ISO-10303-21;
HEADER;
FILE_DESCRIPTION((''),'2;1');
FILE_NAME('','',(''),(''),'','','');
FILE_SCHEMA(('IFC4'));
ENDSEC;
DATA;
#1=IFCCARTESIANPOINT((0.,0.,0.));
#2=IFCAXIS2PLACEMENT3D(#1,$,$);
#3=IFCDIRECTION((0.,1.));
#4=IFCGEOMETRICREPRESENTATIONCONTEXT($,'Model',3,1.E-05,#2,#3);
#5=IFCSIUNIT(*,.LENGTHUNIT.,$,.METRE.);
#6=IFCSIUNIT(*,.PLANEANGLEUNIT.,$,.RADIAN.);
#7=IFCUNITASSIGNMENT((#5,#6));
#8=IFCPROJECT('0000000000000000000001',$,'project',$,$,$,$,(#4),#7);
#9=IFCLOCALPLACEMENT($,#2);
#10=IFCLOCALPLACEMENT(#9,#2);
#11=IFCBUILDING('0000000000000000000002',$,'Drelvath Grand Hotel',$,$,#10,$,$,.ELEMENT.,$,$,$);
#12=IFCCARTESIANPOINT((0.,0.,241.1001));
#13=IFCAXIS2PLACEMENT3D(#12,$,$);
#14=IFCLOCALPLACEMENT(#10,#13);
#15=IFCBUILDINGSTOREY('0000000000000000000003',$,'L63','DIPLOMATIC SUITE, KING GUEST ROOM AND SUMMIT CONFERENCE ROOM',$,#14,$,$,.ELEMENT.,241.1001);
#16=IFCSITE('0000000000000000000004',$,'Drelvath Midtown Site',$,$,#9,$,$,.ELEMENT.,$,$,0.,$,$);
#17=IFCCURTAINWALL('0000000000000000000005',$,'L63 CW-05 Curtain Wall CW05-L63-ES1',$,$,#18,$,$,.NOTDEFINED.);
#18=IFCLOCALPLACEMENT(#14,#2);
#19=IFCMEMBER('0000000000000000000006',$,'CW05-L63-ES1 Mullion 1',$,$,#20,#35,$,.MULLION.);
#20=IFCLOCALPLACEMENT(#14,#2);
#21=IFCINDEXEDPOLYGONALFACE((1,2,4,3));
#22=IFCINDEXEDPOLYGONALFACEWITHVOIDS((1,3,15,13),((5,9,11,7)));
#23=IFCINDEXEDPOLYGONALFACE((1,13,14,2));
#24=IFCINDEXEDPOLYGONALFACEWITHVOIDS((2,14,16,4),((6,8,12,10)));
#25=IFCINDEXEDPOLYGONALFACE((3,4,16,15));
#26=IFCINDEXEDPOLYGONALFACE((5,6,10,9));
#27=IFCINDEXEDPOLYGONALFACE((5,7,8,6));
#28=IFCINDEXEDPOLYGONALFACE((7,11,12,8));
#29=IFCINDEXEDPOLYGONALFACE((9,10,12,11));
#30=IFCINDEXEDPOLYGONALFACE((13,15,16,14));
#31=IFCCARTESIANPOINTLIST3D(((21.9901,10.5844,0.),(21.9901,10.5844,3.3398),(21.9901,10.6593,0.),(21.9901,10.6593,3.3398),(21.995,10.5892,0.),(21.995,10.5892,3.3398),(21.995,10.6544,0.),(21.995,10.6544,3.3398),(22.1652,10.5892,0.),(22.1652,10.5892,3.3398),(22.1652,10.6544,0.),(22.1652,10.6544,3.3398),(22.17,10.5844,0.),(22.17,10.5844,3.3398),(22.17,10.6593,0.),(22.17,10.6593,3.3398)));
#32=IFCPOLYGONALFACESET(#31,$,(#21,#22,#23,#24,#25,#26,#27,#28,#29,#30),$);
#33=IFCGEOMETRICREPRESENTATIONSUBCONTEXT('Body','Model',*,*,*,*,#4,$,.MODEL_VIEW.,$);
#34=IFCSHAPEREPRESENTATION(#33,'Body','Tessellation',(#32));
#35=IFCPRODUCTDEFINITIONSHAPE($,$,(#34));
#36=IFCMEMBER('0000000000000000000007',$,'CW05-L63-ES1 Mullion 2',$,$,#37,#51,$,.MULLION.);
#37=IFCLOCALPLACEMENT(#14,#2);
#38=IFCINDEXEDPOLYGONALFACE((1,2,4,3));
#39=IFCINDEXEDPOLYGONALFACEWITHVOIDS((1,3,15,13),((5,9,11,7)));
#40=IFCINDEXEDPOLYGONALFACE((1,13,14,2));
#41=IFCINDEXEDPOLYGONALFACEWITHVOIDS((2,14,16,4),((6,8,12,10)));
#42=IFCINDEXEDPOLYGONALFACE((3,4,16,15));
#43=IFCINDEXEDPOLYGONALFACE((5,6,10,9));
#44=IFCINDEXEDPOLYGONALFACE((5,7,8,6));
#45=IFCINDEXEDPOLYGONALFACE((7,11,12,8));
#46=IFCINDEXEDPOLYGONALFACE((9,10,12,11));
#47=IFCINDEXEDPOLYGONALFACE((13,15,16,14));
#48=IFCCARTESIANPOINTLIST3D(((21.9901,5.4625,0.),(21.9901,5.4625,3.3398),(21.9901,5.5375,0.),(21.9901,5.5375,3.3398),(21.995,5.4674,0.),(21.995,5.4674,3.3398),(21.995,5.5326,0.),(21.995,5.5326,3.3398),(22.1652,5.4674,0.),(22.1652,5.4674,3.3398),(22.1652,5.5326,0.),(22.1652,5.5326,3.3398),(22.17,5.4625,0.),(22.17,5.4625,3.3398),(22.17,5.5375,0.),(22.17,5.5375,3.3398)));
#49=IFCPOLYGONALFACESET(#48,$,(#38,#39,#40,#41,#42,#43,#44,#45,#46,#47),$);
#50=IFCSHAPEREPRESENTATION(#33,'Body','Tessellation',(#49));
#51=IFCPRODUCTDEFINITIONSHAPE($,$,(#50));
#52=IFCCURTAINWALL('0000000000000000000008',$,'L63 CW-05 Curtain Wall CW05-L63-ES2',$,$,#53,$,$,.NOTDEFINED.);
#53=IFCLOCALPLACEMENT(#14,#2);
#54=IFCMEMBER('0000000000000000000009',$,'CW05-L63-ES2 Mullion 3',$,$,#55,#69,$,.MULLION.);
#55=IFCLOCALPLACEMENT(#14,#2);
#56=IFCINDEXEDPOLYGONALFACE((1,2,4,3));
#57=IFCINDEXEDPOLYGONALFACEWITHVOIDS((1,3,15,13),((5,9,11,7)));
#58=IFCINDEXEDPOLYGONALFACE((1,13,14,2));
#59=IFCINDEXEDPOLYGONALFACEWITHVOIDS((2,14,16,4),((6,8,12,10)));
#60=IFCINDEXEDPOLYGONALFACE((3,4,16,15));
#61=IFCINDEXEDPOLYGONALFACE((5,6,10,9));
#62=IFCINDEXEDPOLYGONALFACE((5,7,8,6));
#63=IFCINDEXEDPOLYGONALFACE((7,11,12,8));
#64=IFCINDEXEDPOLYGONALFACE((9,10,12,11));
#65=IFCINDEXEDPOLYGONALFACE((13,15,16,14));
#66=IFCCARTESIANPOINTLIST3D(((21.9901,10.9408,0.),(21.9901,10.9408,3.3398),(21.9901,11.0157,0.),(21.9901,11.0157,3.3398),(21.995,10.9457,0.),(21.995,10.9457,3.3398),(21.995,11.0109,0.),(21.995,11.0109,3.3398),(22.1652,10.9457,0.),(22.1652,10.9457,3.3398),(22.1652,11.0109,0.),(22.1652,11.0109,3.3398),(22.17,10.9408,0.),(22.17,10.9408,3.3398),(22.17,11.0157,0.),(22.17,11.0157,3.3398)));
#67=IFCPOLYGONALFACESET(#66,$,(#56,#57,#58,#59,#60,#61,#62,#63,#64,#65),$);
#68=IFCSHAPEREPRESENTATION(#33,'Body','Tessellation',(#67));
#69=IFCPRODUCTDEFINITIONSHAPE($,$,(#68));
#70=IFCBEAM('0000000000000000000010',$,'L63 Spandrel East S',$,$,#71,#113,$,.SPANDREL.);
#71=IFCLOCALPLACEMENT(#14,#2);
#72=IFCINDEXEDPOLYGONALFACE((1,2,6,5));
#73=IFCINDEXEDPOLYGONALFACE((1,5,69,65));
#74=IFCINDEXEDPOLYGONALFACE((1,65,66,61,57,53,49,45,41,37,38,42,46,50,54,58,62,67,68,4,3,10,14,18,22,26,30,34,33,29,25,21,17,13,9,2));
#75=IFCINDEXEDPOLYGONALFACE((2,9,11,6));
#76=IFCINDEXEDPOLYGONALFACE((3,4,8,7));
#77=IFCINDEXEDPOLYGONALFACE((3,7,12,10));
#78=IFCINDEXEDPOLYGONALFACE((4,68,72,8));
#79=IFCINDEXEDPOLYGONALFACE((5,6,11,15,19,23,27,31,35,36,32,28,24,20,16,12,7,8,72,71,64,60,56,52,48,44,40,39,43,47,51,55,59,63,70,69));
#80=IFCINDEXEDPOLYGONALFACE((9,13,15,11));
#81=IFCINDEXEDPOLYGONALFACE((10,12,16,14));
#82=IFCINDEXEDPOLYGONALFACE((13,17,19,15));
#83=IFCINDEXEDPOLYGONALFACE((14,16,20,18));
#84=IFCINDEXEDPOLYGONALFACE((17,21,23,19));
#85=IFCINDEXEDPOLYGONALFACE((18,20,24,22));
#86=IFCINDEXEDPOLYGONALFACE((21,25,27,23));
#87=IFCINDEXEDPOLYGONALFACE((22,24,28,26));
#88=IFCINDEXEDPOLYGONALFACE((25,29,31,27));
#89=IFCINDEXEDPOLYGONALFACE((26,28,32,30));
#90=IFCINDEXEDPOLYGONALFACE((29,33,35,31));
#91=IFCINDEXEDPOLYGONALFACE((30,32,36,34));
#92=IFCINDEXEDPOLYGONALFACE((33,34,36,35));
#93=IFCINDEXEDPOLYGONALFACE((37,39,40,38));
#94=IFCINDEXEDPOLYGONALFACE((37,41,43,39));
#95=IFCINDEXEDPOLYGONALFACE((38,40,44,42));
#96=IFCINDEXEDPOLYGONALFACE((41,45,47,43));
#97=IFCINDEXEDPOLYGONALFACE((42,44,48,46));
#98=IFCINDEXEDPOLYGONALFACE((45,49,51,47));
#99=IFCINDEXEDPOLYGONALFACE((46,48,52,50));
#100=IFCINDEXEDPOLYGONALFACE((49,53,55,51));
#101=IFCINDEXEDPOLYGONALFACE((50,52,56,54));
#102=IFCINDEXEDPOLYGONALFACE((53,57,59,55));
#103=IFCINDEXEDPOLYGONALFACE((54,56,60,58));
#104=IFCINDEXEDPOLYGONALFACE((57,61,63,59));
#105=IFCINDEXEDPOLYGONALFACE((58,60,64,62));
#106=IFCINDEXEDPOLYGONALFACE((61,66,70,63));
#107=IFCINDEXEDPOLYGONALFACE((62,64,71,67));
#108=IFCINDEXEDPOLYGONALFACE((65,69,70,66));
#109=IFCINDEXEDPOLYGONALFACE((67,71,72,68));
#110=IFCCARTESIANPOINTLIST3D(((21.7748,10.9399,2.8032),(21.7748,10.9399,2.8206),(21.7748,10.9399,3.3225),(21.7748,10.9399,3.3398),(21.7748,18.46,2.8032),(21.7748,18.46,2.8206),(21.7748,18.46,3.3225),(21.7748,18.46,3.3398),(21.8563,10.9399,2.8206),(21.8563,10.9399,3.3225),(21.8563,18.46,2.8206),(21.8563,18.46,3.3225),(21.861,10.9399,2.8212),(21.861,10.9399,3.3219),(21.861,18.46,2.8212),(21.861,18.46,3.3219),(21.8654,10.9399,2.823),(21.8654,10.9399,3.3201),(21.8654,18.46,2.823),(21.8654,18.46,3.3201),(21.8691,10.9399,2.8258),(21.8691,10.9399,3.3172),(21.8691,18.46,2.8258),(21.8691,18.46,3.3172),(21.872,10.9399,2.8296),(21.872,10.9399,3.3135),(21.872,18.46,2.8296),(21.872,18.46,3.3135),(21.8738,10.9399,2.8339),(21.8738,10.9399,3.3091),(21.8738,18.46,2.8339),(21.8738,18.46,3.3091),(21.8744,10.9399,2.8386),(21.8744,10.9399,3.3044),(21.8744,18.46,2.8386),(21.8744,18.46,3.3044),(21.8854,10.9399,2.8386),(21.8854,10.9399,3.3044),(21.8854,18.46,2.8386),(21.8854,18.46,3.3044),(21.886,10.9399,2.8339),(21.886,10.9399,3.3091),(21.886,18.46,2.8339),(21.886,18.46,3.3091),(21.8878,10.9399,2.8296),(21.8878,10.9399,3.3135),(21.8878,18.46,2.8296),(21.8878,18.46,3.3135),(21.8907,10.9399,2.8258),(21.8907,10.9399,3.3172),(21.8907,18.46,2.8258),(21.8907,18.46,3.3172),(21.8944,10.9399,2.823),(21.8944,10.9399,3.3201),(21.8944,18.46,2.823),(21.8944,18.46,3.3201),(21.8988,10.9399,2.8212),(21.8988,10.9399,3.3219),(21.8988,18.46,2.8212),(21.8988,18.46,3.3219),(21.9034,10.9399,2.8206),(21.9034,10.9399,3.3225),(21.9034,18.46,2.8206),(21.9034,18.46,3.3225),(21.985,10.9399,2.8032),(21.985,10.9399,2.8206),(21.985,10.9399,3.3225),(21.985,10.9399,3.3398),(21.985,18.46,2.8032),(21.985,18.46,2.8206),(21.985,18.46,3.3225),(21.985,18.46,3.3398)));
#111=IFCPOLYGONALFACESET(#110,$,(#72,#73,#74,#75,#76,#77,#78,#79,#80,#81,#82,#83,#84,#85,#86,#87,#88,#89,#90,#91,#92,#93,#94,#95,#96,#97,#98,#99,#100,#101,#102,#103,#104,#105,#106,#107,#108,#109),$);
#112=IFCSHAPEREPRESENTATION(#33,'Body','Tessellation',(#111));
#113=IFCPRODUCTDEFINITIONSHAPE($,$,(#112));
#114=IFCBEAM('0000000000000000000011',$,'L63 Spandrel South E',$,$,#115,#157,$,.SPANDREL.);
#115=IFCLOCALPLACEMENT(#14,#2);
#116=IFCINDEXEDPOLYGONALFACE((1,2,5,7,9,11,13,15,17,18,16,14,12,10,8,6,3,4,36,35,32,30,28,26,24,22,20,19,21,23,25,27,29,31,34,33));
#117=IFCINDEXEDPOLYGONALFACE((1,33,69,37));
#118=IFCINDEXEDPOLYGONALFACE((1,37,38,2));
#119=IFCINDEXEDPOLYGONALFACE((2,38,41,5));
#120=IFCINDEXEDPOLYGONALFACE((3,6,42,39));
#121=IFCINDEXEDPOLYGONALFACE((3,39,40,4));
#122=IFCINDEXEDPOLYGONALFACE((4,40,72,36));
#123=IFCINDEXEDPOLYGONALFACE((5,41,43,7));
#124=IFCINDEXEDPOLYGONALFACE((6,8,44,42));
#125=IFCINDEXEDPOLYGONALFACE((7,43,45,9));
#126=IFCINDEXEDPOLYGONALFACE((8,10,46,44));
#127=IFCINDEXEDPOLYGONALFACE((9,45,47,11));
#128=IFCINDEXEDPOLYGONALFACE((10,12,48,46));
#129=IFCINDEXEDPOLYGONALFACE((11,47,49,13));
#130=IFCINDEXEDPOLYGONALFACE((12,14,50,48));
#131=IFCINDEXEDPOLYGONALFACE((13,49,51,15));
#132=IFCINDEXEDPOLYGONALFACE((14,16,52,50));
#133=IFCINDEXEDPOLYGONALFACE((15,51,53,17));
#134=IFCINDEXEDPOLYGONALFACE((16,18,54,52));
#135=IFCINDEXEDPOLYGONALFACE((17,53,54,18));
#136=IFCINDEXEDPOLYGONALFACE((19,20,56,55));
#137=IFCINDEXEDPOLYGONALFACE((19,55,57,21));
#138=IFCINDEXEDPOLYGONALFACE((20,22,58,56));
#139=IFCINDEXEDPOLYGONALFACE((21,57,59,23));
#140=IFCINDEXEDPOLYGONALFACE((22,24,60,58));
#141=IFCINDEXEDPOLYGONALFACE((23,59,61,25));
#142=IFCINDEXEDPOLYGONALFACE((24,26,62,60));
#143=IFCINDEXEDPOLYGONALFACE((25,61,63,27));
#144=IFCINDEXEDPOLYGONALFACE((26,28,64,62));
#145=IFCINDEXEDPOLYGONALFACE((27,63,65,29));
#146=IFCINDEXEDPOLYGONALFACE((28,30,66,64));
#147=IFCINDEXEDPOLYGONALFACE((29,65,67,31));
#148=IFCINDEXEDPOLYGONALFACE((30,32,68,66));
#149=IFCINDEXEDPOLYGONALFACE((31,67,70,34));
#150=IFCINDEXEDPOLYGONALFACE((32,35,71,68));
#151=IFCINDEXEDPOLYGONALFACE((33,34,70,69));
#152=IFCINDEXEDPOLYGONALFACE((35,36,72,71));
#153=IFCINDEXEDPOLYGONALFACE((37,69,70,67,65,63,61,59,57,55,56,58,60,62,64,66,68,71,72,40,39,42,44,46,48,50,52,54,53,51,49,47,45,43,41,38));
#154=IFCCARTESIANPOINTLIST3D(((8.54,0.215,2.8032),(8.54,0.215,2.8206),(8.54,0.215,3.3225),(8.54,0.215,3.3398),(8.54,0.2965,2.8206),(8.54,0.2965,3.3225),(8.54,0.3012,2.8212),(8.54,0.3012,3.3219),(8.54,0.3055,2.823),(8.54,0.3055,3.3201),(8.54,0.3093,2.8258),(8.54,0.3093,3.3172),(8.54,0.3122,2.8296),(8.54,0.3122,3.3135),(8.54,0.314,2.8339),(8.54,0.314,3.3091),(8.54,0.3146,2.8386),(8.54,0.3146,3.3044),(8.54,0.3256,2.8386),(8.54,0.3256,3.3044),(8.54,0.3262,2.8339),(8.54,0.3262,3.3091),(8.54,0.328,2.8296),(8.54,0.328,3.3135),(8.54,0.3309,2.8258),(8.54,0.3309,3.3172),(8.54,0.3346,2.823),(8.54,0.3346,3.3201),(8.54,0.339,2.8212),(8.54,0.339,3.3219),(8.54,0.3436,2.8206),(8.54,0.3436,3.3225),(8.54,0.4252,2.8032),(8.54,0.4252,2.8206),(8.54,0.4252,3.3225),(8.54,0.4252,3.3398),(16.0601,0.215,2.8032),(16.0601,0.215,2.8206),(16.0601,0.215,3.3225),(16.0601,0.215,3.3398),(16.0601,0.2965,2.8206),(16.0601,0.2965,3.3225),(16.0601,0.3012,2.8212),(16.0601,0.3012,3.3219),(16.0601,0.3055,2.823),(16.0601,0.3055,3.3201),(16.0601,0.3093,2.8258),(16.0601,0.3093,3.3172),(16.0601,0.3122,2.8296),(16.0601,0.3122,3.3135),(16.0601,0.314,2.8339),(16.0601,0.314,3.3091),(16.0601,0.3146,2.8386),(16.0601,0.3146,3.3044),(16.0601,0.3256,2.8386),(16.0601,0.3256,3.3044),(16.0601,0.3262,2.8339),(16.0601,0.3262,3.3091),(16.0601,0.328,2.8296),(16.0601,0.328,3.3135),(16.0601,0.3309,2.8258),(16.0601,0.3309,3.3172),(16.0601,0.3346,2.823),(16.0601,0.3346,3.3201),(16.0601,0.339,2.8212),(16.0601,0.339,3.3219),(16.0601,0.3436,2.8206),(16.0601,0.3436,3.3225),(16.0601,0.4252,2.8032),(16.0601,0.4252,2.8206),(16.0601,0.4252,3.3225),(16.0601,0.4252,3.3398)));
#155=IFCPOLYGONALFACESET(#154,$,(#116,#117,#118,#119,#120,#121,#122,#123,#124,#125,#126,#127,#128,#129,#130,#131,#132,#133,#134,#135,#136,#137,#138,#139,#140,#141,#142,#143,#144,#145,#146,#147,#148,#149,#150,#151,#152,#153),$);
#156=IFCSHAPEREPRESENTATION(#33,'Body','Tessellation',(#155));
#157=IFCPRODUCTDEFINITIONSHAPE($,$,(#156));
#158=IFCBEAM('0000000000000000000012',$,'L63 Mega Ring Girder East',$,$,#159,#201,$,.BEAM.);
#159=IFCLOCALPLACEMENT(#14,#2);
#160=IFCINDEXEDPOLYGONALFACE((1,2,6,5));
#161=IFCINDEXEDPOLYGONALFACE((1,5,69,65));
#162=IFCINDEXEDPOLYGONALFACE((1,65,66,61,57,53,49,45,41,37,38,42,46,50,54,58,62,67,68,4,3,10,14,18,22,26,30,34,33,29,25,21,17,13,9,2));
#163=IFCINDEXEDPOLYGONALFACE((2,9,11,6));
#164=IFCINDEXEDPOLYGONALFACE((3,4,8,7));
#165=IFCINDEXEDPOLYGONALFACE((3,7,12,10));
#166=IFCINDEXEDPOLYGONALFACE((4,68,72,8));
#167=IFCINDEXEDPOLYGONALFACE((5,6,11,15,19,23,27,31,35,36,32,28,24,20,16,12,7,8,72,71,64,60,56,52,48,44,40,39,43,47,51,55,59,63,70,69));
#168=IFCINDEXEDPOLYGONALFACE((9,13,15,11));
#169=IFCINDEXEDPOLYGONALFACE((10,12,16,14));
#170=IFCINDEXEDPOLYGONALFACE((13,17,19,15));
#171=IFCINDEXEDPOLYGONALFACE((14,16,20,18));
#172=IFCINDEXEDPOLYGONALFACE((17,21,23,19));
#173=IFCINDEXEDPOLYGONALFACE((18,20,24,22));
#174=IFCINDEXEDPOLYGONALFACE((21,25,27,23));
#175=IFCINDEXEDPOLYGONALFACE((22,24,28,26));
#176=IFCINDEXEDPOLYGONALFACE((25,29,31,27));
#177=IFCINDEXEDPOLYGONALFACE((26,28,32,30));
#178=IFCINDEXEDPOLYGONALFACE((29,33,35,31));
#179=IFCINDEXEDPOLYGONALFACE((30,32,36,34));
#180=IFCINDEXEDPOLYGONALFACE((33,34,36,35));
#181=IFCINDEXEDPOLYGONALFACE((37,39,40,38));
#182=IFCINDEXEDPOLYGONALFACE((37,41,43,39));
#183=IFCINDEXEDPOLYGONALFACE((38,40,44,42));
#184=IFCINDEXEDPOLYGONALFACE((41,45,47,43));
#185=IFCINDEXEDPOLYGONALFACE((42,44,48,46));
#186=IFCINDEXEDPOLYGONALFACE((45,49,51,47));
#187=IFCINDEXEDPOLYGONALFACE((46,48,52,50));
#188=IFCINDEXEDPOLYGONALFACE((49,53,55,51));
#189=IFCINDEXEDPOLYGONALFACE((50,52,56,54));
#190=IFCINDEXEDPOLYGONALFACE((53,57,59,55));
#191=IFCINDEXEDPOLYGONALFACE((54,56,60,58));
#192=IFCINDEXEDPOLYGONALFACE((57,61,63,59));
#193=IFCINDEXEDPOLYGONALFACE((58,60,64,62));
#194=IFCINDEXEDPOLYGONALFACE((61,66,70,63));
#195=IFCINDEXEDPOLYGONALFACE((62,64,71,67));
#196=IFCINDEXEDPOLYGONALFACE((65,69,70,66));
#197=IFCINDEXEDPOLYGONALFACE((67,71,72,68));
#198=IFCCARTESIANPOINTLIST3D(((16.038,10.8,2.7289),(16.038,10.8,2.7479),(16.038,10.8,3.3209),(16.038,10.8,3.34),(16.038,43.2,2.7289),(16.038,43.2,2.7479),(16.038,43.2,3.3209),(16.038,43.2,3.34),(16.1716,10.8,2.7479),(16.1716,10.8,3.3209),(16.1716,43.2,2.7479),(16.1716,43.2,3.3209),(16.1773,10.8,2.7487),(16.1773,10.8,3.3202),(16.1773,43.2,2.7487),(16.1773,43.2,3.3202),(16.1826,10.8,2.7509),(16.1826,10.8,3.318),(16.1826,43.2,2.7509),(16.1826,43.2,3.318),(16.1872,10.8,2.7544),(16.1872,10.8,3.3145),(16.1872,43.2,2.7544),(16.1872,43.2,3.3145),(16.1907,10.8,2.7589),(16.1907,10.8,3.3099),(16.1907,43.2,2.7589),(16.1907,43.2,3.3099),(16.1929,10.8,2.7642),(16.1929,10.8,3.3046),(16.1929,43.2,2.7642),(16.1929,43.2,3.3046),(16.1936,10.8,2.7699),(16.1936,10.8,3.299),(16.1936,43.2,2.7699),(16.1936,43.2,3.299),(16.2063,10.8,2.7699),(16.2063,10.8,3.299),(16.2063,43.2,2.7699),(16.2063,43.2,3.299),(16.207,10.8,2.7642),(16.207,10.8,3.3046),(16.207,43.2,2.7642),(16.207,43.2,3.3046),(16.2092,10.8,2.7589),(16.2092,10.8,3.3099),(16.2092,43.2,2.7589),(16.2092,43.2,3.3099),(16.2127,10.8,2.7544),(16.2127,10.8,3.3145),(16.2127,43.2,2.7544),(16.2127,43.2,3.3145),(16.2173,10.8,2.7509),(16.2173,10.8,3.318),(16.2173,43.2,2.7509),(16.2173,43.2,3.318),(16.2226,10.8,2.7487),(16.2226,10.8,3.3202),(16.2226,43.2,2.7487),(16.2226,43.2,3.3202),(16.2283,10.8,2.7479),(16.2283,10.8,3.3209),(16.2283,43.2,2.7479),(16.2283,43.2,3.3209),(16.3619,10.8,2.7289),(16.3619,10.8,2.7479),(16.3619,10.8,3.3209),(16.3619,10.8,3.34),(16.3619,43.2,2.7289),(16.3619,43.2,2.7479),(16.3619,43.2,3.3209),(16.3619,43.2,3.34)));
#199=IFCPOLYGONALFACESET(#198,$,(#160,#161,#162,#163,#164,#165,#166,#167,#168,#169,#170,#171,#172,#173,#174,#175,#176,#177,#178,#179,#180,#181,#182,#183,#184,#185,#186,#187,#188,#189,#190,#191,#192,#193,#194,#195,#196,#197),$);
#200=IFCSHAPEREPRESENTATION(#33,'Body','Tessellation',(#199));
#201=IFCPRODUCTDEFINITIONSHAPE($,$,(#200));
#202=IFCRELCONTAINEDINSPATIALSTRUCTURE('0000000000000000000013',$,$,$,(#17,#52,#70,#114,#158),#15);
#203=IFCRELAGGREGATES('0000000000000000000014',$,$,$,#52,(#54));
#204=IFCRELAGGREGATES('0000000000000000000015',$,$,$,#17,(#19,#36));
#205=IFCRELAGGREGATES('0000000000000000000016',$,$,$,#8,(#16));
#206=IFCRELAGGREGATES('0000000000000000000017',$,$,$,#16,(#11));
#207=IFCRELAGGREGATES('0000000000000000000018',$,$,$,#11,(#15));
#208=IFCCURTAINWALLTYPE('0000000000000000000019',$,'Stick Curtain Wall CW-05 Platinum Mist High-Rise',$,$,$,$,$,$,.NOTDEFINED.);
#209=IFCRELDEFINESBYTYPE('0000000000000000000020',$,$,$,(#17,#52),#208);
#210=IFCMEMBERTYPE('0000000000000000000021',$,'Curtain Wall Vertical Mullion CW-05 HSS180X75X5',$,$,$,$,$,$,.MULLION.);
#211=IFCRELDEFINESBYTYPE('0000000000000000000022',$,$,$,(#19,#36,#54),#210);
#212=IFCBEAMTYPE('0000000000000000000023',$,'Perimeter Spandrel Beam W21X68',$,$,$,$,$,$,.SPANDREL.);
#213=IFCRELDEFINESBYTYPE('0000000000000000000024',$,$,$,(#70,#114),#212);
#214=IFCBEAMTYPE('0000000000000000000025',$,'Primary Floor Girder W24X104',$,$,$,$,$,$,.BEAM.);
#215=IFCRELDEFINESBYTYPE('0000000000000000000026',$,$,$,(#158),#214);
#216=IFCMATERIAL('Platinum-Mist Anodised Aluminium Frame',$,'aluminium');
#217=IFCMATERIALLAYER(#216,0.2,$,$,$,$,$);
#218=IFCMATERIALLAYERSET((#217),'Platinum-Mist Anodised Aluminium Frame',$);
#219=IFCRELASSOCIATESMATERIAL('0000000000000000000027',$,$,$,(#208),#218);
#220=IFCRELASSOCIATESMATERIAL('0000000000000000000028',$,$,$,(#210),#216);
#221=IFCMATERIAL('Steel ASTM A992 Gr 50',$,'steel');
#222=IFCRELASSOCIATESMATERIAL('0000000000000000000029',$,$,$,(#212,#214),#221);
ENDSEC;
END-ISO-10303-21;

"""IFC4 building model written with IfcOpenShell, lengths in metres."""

from ifc_helpers import new_model, si_unit, direction, frame, origin, origin_2d, place, context, subcontext, project, spatial, hollow_rectangle, i_section, extrude, material, layer, layer_set, material_profile, profile_set, type_object, element, aggregate, save


model = new_model("IFC4")

# Units and contexts
model_context = context("Model", 3, precision=1e-05, world=origin(), true_north=direction((0.0, 1.0)))
body_context = subcontext(model_context, "Body", "Model", "MODEL_VIEW")
ifc_project = project(units=[si_unit("LENGTHUNIT", "METRE"), si_unit("PLANEANGLEUNIT", "RADIAN")], contexts=[model_context])

# Site, building, storey
site_placement = place(None, origin())
site = spatial("IfcSite", under=ifc_project, at=site_placement, Name="Drelvath Midtown Site", CompositionType="ELEMENT", RefElevation=0.0)
building_placement = place(site_placement, origin())
building = spatial("IfcBuilding", under=site, at=building_placement, Name="Drelvath Grand Hotel", CompositionType="ELEMENT")
storey_placement = place(building_placement, frame((0.0, 0.0, 241.1001)))
storey = spatial("IfcBuildingStorey", under=building, at=storey_placement, Name="L63", Description="DIPLOMATIC SUITE, KING GUEST ROOM AND SUMMIT CONFERENCE ROOM", CompositionType="ELEMENT", Elevation=241.1001)

# Shared definitions
ifc_material_1 = material(Name="Steel ASTM A992 Gr 50", Category="steel")

# Curtain wall, members
ifc_material_2 = material(Name="Platinum-Mist Anodised Aluminium Frame", Category="aluminium")
ifc_layer_1 = layer(ifc_material_2, 0.2)
ifc_layer_set_1 = layer_set([ifc_layer_1], Name="Platinum-Mist Anodised Aluminium Frame")
curtain_wall_type = type_object("IfcCurtainWallType", Name="Stick Curtain Wall CW-05 Platinum Mist High-Rise", PredefinedType="NOTDEFINED", material=ifc_layer_set_1)
curtain_wall_1_placement = place(storey_placement, origin())
curtain_wall_1 = element("IfcCurtainWall", 1, at=curtain_wall_1_placement, inside=storey, type_object=curtain_wall_type, Name="L63 CW-05 Curtain Wall CW05-L63-ES1", PredefinedType="NOTDEFINED")
ifc_material_profile_1 = material_profile(ifc_material_2, hollow_rectangle(XDim=0.075, YDim=0.1799, WallThickness=0.0049, at=origin_2d()), Name="HSS180X75X5")
ifc_profile_set_1 = profile_set([ifc_material_profile_1], Name="Platinum-Mist Anodised Aluminium Frame")
member_type_1 = type_object("IfcMemberType", Name="Curtain Wall Vertical Mullion CW-05 HSS180X75X5", PredefinedType="MULLION", material=ifc_profile_set_1)
member_1_placement = place(storey_placement, frame((22.0801, 10.6218, 0.0), z_axis=(0.0, 0.0, 1.0), x_axis=(0.0, 1.0, 0.0)))
member_1 = element("IfcMember", 2, at=member_1_placement, type_object=member_type_1, Name="CW05-L63-ES1 Mullion 1", PredefinedType="MULLION", context=body_context, shape_type="SweptSolid", body=[
    extrude(hollow_rectangle(XDim=0.075, YDim=0.1799, WallThickness=0.0049, at=origin_2d()), origin(), (0.0, 0.0, 1.0), 3.3398),
])
member_2_placement = place(storey_placement, frame((22.0801, 5.5, 0.0), z_axis=(0.0, 0.0, 1.0), x_axis=(0.0, 1.0, 0.0)))
member_2 = element("IfcMember", 3, at=member_2_placement, type_object=member_type_1, Name="CW05-L63-ES1 Mullion 2", PredefinedType="MULLION", context=body_context, shape_type="SweptSolid", body=[
    extrude(hollow_rectangle(XDim=0.075, YDim=0.1799, WallThickness=0.0049, at=origin_2d()), origin(), (0.0, 0.0, 1.0), 3.3398),
])

# Curtain wall, member
curtain_wall_2_placement = place(storey_placement, origin())
curtain_wall_2 = element("IfcCurtainWall", 4, at=curtain_wall_2_placement, inside=storey, type_object=curtain_wall_type, Name="L63 CW-05 Curtain Wall CW05-L63-ES2", PredefinedType="NOTDEFINED")
member_3_placement = place(storey_placement, frame((22.0801, 10.9783, 0.0), z_axis=(0.0, 0.0, 1.0), x_axis=(0.0, 1.0, 0.0)))
member_3 = element("IfcMember", 5, at=member_3_placement, type_object=member_type_1, Name="CW05-L63-ES2 Mullion 3", PredefinedType="MULLION", context=body_context, shape_type="SweptSolid", body=[
    extrude(hollow_rectangle(XDim=0.075, YDim=0.1799, WallThickness=0.0049, at=origin_2d()), origin(), (0.0, 0.0, 1.0), 3.3398),
])
aggregate(curtain_wall_2, [member_3])

# Beams
ifc_material_profile_2 = material_profile(ifc_material_1, i_section(OverallWidth=0.2102, OverallDepth=0.5366, WebThickness=0.011, FlangeThickness=0.0173, FilletRadius=0.0181, at=origin_2d()), Name="W21X68")
ifc_profile_set_2 = profile_set([ifc_material_profile_2], Name="Steel ASTM A992 Gr 50")
beam_type_1 = type_object("IfcBeamType", Name="Perimeter Spandrel Beam W21X68", PredefinedType="SPANDREL", material=ifc_profile_set_2)
for number, where, z_axis, x_axis, name in (
    (6, (21.8799, 10.9399, 3.0715), (0.0, 1.0, 0.0), (-1.0, 0.0, 0.0), "L63 Spandrel East S"),
    (7, (8.54, 0.3201, 3.0715), (1.0, 0.0, 0.0), (0.0, 1.0, 0.0), "L63 Spandrel South E"),
):
    element("IfcBeam", number, at=place(storey_placement, frame(where, z_axis=z_axis, x_axis=x_axis)), inside=storey, type_object=beam_type_1, Name=name, PredefinedType="SPANDREL", context=body_context, shape_type="SweptSolid", body=[
        extrude(i_section(OverallWidth=0.2102, OverallDepth=0.5366, WebThickness=0.011, FlangeThickness=0.0173, FilletRadius=0.0181, at=origin_2d()), origin(), (0.0, 0.0, 1.0), 7.52),
    ])
ifc_material_profile_3 = material_profile(ifc_material_1, i_section(OverallWidth=0.324, OverallDepth=0.6111, WebThickness=0.0127, FlangeThickness=0.019, FilletRadius=0.022, at=origin_2d()), Name="W24X104")
ifc_profile_set_3 = profile_set([ifc_material_profile_3], Name="Steel ASTM A992 Gr 50")
beam_type_2 = type_object("IfcBeamType", Name="Primary Floor Girder W24X104", PredefinedType="BEAM", material=ifc_profile_set_3)
beam_1_placement = place(storey_placement, frame((16.2, 10.8, 3.0344), z_axis=(0.0, 1.0, 0.0), x_axis=(-1.0, 0.0, 0.0)))
element("IfcBeam", 8, at=beam_1_placement, inside=storey, type_object=beam_type_2, Name="L63 Mega Ring Girder East", PredefinedType="BEAM", context=body_context, shape_type="SweptSolid", body=[
    extrude(i_section(OverallWidth=0.324, OverallDepth=0.6111, WebThickness=0.0127, FlangeThickness=0.019, FilletRadius=0.022, at=origin_2d()), origin(), (0.0, 0.0, 1.0), 32.3999),
])

aggregate(curtain_wall_1, [member_1, member_2])

save(model, "model.ifc")
